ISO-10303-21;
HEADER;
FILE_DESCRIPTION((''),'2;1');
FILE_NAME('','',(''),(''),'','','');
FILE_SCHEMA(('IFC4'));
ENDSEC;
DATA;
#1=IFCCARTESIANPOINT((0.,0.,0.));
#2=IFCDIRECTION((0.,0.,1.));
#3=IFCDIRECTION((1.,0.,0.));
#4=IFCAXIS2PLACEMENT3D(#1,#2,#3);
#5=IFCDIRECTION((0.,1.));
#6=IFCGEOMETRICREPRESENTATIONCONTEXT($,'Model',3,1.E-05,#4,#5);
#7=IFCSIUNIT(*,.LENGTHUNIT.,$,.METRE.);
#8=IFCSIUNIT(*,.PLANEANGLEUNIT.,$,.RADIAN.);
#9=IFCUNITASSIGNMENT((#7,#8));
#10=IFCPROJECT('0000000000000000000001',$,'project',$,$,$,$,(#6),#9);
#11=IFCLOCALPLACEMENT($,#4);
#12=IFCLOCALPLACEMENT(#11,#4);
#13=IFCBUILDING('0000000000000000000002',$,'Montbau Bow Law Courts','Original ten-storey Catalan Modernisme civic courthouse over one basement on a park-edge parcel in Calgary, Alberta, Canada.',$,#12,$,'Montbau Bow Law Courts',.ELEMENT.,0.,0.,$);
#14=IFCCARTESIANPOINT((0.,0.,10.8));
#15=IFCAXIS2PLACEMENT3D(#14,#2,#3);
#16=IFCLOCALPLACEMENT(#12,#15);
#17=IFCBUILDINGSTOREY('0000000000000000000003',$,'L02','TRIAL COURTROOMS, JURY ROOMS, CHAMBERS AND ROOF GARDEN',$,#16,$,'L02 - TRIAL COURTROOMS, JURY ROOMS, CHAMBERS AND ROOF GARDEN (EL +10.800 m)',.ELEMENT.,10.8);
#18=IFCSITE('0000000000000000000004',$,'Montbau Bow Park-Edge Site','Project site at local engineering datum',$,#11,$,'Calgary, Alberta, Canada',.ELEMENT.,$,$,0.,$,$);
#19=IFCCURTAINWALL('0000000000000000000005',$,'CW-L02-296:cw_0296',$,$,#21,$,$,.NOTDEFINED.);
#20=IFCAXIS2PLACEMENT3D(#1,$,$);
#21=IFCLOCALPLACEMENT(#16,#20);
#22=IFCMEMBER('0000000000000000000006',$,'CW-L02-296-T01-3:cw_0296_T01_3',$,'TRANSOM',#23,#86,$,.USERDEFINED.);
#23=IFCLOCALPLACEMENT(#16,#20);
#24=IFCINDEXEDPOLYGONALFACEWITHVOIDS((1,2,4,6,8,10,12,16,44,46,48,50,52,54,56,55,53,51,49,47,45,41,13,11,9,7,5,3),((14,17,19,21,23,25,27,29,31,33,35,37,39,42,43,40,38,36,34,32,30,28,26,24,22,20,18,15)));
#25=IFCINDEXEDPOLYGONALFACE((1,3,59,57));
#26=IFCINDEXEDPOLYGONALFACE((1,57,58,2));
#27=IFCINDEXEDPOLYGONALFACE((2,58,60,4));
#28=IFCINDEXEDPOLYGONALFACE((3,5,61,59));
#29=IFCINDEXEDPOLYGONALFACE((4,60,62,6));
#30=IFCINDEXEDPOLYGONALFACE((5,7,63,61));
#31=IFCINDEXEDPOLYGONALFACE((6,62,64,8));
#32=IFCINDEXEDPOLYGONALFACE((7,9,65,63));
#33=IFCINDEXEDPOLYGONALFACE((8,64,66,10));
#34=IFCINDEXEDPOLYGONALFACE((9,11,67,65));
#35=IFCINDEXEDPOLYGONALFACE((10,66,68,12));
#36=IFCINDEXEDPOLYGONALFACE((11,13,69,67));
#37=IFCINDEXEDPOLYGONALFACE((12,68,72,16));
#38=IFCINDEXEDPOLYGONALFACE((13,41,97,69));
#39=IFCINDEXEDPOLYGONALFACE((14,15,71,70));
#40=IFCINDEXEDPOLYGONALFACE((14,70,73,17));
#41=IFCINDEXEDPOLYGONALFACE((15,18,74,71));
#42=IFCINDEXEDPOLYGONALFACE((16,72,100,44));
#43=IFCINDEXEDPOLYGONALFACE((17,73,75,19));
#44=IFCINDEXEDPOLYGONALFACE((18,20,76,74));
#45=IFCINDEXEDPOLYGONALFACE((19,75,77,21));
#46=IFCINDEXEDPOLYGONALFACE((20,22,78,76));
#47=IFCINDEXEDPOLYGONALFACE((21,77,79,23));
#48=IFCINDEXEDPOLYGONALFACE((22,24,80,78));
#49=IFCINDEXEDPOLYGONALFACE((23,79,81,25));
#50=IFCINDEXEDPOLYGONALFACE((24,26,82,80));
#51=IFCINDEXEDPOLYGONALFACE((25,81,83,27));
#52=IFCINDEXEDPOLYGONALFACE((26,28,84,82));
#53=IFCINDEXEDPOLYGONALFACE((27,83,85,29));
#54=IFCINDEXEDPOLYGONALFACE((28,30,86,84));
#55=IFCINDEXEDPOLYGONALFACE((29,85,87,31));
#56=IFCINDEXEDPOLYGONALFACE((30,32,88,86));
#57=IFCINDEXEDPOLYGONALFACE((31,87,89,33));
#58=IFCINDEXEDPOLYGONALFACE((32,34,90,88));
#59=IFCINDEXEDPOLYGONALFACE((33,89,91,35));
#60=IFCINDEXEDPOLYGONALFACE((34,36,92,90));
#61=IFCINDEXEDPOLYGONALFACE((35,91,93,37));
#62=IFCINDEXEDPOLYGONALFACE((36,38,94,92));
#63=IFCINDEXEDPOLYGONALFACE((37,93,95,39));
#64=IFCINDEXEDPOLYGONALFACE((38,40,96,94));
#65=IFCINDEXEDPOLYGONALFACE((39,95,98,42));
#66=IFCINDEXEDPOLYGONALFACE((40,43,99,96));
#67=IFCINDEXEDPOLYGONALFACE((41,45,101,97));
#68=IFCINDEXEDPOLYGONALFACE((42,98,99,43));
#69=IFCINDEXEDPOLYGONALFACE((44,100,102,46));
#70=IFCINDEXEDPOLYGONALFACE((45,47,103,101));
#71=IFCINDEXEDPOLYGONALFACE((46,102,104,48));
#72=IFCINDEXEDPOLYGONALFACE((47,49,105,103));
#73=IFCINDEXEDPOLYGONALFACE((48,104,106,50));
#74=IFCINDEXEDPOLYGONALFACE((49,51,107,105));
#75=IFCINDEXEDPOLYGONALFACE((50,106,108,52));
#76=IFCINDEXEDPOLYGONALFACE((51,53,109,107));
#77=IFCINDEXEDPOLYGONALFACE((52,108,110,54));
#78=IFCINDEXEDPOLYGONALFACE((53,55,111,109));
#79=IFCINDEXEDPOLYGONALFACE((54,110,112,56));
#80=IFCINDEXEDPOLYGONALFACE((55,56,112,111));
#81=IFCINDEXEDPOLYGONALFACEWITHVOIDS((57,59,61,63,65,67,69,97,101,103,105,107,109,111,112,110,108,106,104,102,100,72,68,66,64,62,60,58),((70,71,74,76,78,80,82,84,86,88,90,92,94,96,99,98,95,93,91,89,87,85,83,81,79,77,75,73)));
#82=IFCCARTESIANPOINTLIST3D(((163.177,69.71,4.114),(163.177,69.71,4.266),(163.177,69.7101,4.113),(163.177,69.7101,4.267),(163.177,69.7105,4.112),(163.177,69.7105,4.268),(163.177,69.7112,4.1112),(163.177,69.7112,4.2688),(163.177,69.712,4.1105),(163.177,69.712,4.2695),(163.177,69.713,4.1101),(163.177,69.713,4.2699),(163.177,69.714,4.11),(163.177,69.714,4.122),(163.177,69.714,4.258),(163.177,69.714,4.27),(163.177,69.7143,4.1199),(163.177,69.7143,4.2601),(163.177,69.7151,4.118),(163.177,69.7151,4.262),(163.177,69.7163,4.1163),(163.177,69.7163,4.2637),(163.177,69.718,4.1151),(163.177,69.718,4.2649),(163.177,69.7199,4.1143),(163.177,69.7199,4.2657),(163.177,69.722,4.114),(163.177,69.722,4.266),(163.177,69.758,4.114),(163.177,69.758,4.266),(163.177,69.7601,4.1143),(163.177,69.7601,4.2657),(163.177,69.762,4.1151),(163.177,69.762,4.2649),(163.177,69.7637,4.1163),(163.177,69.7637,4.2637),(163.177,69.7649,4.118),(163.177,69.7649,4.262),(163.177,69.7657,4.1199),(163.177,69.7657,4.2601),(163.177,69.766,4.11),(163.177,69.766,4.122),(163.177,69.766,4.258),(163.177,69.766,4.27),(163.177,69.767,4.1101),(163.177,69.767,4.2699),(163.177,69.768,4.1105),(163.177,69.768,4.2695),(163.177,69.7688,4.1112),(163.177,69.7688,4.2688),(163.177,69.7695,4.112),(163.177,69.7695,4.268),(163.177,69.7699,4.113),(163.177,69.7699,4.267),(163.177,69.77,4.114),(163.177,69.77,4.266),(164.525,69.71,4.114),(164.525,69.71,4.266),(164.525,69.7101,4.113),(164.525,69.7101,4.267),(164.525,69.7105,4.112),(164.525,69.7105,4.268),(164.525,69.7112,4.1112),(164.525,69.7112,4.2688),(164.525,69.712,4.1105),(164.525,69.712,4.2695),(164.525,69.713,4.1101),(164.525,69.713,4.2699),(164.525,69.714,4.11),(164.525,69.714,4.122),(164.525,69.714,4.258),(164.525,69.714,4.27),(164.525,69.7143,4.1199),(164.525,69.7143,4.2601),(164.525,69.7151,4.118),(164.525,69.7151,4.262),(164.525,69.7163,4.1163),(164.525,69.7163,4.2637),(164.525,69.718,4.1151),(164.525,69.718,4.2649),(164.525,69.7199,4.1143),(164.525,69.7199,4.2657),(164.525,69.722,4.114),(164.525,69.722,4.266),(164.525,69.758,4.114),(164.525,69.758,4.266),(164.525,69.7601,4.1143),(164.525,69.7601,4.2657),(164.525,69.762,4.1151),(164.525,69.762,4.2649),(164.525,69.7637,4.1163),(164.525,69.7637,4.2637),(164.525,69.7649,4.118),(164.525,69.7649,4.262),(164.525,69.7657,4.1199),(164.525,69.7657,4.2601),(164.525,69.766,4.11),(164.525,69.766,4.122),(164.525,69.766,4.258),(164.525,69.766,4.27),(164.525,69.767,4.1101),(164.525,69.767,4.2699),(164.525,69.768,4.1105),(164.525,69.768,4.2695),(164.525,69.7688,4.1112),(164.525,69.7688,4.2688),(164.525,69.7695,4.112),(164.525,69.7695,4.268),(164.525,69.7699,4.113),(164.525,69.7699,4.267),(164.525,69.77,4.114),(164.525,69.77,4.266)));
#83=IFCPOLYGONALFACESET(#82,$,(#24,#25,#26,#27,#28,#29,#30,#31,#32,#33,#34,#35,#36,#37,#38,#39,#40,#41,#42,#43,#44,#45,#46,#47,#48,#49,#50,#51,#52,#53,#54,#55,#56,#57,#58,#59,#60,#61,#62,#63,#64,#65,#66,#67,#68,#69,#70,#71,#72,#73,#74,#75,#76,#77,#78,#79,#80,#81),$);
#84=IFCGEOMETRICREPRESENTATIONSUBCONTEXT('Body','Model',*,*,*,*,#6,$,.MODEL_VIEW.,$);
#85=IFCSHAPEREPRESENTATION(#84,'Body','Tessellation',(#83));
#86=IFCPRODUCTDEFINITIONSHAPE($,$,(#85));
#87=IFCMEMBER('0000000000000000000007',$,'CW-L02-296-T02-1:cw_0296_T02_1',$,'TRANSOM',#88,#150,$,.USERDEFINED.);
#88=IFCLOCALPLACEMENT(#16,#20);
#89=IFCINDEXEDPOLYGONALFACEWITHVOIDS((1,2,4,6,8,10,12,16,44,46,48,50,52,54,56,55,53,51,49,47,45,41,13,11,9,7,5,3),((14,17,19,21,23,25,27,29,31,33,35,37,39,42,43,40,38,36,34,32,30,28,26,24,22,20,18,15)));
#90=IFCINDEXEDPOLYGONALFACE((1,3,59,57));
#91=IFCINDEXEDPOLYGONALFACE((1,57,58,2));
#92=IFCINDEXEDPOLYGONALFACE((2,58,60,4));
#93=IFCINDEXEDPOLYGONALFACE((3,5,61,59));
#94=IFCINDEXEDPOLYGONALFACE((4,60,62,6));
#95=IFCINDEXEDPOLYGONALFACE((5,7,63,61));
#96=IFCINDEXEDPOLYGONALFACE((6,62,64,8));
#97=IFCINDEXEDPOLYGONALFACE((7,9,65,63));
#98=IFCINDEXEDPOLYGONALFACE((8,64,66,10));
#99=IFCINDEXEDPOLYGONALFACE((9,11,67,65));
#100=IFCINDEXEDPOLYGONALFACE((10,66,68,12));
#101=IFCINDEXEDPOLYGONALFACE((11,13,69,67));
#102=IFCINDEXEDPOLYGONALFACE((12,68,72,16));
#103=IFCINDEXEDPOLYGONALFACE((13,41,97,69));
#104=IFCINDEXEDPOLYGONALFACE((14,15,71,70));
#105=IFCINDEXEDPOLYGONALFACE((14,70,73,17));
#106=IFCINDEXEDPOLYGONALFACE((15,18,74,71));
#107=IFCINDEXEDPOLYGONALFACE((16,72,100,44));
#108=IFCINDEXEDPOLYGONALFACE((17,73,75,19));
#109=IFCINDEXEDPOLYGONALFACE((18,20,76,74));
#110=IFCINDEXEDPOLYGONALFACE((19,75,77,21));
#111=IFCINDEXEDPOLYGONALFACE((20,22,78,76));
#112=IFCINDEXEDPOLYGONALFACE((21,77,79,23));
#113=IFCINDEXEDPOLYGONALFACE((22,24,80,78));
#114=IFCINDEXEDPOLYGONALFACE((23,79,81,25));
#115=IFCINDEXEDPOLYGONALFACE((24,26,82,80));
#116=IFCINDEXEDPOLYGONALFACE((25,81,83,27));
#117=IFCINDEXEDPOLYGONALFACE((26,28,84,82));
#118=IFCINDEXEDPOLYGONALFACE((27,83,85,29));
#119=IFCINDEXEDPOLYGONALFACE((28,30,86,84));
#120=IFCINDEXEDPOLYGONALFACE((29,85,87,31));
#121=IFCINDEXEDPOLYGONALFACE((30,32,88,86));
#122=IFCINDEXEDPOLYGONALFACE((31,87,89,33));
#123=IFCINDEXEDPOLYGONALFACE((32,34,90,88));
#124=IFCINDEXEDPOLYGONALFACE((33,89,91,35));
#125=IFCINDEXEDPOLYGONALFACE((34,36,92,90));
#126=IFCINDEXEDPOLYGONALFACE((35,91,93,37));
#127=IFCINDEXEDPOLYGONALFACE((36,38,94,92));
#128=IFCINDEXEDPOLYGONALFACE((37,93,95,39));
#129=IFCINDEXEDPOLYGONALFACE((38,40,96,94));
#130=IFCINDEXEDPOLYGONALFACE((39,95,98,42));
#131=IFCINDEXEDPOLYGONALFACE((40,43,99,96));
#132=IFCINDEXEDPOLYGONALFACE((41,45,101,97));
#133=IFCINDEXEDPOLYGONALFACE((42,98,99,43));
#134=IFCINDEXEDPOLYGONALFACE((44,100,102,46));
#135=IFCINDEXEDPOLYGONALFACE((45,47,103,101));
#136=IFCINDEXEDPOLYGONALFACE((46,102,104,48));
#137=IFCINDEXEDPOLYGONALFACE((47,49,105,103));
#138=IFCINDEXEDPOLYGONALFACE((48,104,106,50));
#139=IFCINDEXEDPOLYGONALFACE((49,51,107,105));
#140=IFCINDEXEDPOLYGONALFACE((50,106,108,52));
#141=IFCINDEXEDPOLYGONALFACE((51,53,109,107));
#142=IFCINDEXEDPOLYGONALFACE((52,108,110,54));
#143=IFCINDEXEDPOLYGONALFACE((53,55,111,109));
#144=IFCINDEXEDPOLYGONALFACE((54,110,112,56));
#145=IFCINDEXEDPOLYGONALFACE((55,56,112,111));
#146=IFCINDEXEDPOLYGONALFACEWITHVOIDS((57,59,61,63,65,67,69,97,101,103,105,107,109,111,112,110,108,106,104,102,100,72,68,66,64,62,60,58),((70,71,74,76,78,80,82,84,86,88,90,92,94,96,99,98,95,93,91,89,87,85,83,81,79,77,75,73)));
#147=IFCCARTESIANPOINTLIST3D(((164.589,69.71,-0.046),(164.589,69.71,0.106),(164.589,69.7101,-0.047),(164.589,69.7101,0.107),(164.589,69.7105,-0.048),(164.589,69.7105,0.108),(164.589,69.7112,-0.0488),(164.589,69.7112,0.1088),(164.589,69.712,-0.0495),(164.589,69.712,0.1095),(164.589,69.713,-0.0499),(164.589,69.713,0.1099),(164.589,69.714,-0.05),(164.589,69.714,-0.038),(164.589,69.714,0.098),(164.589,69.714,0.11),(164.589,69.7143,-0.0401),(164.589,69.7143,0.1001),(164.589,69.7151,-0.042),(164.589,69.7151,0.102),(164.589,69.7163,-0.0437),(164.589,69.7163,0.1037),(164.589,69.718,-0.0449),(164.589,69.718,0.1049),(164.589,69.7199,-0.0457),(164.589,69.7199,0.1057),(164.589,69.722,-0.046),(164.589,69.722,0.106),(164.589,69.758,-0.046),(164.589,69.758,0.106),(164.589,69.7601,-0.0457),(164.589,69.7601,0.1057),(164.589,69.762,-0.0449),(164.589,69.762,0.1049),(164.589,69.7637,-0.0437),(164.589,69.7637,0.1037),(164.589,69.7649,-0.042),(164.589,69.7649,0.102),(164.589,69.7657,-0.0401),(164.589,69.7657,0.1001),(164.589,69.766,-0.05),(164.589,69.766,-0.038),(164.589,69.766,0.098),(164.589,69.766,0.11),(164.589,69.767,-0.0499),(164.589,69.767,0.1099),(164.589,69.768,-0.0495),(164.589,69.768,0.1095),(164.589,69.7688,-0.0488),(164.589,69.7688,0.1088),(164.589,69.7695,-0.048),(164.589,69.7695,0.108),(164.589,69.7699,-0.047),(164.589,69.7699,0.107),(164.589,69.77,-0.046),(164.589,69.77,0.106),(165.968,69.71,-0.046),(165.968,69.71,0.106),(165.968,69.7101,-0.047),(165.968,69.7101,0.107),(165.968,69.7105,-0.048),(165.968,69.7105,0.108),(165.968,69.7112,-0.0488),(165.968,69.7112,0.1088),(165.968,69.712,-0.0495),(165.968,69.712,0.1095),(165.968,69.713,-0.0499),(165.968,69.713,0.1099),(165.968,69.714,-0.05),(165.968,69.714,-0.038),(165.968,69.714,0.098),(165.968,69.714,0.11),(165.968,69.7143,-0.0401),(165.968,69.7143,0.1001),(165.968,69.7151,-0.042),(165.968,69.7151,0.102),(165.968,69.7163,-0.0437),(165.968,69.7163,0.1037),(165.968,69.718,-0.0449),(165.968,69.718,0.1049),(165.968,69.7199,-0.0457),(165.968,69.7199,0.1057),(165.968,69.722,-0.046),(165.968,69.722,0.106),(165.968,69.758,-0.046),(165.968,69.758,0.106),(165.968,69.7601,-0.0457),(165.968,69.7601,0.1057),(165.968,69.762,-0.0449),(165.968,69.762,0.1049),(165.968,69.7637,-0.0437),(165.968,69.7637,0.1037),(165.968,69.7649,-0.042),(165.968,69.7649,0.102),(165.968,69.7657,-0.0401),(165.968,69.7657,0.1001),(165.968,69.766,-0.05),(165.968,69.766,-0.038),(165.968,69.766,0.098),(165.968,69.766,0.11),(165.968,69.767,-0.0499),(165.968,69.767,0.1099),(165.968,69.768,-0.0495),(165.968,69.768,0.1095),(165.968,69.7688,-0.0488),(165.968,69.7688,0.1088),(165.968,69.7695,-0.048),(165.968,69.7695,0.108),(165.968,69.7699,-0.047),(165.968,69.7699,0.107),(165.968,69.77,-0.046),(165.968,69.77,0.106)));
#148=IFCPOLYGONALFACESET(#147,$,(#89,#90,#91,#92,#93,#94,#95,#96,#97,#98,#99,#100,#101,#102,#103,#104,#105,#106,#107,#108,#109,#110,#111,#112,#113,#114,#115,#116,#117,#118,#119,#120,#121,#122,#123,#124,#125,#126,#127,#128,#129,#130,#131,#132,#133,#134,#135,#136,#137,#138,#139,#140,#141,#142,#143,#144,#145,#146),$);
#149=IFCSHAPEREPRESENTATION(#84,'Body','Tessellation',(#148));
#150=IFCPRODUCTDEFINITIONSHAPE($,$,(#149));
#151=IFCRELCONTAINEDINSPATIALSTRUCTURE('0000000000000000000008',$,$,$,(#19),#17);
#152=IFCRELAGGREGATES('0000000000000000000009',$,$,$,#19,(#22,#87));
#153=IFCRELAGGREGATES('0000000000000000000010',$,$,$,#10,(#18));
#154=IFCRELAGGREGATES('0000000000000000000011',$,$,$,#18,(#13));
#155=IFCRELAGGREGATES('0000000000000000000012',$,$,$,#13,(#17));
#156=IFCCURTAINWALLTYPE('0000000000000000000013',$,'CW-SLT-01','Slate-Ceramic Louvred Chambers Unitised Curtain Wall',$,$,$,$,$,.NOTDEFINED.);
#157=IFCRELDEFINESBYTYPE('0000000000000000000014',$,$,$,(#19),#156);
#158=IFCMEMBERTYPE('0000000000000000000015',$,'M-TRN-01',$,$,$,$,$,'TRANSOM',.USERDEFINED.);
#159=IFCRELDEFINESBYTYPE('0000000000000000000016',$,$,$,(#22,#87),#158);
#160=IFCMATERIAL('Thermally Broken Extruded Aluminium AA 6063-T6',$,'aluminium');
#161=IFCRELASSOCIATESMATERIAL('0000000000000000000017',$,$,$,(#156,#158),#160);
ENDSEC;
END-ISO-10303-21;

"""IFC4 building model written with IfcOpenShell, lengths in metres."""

from ifc_helpers import new_model, si_unit, direction, frame, origin_with_axes, origin_2d_with_axis, place, context, subcontext, project, spatial, hollow_rectangle, extrude, material, material_profile, profile_set, type_object, element, aggregate, save


model = new_model("IFC4")

# Units and contexts
model_context = context("Model", 3, precision=1e-05, world=origin_with_axes(), true_north=direction((0.0, 1.0)))
body_context = subcontext(model_context, "Body", "Model", "MODEL_VIEW")
ifc_project = project(units=[si_unit("LENGTHUNIT", "METRE"), si_unit("PLANEANGLEUNIT", "RADIAN")], contexts=[model_context])

# Site, building, storey
site_placement = place(None, origin_with_axes())
site = spatial("IfcSite", under=ifc_project, at=site_placement, Name="Montbau Bow Park-Edge Site", Description="Project site at local engineering datum", LongName="Calgary, Alberta, Canada", CompositionType="ELEMENT", RefElevation=0.0)
building_placement = place(site_placement, origin_with_axes())
building = spatial("IfcBuilding", under=site, at=building_placement, Name="Montbau Bow Law Courts", Description="Original ten-storey Catalan Modernisme civic courthouse over one basement on a park-edge parcel in Calgary, Alberta, Canada.", LongName="Montbau Bow Law Courts", CompositionType="ELEMENT", ElevationOfRefHeight=0.0, ElevationOfTerrain=0.0)
storey_placement = place(building_placement, frame((0.0, 0.0, 10.8), z_axis=(0.0, 0.0, 1.0), x_axis=(1.0, 0.0, 0.0)))
storey = spatial("IfcBuildingStorey", under=building, at=storey_placement, Name="L02", Description="TRIAL COURTROOMS, JURY ROOMS, CHAMBERS AND ROOF GARDEN", LongName="L02 - TRIAL COURTROOMS, JURY ROOMS, CHAMBERS AND ROOF GARDEN (EL +10.800 m)", CompositionType="ELEMENT", Elevation=10.8)

# Curtain wall, members
ifc_material_1 = material(Name="Thermally Broken Extruded Aluminium AA 6063-T6", Category="aluminium")
curtain_wall_type = type_object("IfcCurtainWallType", Name="CW-SLT-01", Description="Slate-Ceramic Louvred Chambers Unitised Curtain Wall", PredefinedType="NOTDEFINED", material=ifc_material_1)
curtain_wall_1_placement = place(None, frame((163.115, 69.74, 10.8), z_axis=(0.0, 0.0, 1.0), x_axis=(1.0, 0.0, 0.0)))
curtain_wall_1 = element("IfcCurtainWall", 1, at=curtain_wall_1_placement, inside=storey, type_object=curtain_wall_type, Name="CW-L02-296:cw_0296", PredefinedType="NOTDEFINED")
ifc_material_profile_1 = material_profile(ifc_material_1, hollow_rectangle(XDim=0.06, YDim=0.16, WallThickness=0.004, InnerFilletRadius=0.008, OuterFilletRadius=0.004, at=origin_2d_with_axis()), Name="CWT-160X60", Category="Main", Priority=0)
ifc_profile_set_1 = profile_set([ifc_material_profile_1], Name="Thermally Broken Extruded Aluminium AA 6063-T6")
member_type_1 = type_object("IfcMemberType", Name="M-TRN-01", ElementType="TRANSOM", PredefinedType="USERDEFINED", material=ifc_profile_set_1)
member_1_placement = place(None, frame((163.177, 69.74, 14.99), z_axis=(1.0, 0.0, 0.0), x_axis=(0.0, 1.0, 0.0)))
member_1 = element("IfcMember", 2, at=member_1_placement, type_object=member_type_1, Name="CW-L02-296-T01-3:cw_0296_T01_3", ObjectType="TRANSOM", PredefinedType="USERDEFINED", context=body_context, shape_type="SweptSolid", body=[
    extrude(hollow_rectangle(XDim=0.06, YDim=0.16, WallThickness=0.004, InnerFilletRadius=0.008, OuterFilletRadius=0.004, at=origin_2d_with_axis()), origin_with_axes(), (0.0, 0.0, 1.0), 1.348),
])
member_2_placement = place(None, frame((164.589, 69.74, 10.83), z_axis=(1.0, 0.0, 0.0), x_axis=(0.0, 1.0, 0.0)))
member_2 = element("IfcMember", 3, at=member_2_placement, type_object=member_type_1, Name="CW-L02-296-T02-1:cw_0296_T02_1", ObjectType="TRANSOM", PredefinedType="USERDEFINED", context=body_context, shape_type="SweptSolid", body=[
    extrude(hollow_rectangle(XDim=0.06, YDim=0.16, WallThickness=0.004, InnerFilletRadius=0.008, OuterFilletRadius=0.004, at=origin_2d_with_axis()), origin_with_axes(), (0.0, 0.0, 1.0), 1.379),
])

aggregate(curtain_wall_1, [member_1, member_2])

save(model, "model.ifc")
